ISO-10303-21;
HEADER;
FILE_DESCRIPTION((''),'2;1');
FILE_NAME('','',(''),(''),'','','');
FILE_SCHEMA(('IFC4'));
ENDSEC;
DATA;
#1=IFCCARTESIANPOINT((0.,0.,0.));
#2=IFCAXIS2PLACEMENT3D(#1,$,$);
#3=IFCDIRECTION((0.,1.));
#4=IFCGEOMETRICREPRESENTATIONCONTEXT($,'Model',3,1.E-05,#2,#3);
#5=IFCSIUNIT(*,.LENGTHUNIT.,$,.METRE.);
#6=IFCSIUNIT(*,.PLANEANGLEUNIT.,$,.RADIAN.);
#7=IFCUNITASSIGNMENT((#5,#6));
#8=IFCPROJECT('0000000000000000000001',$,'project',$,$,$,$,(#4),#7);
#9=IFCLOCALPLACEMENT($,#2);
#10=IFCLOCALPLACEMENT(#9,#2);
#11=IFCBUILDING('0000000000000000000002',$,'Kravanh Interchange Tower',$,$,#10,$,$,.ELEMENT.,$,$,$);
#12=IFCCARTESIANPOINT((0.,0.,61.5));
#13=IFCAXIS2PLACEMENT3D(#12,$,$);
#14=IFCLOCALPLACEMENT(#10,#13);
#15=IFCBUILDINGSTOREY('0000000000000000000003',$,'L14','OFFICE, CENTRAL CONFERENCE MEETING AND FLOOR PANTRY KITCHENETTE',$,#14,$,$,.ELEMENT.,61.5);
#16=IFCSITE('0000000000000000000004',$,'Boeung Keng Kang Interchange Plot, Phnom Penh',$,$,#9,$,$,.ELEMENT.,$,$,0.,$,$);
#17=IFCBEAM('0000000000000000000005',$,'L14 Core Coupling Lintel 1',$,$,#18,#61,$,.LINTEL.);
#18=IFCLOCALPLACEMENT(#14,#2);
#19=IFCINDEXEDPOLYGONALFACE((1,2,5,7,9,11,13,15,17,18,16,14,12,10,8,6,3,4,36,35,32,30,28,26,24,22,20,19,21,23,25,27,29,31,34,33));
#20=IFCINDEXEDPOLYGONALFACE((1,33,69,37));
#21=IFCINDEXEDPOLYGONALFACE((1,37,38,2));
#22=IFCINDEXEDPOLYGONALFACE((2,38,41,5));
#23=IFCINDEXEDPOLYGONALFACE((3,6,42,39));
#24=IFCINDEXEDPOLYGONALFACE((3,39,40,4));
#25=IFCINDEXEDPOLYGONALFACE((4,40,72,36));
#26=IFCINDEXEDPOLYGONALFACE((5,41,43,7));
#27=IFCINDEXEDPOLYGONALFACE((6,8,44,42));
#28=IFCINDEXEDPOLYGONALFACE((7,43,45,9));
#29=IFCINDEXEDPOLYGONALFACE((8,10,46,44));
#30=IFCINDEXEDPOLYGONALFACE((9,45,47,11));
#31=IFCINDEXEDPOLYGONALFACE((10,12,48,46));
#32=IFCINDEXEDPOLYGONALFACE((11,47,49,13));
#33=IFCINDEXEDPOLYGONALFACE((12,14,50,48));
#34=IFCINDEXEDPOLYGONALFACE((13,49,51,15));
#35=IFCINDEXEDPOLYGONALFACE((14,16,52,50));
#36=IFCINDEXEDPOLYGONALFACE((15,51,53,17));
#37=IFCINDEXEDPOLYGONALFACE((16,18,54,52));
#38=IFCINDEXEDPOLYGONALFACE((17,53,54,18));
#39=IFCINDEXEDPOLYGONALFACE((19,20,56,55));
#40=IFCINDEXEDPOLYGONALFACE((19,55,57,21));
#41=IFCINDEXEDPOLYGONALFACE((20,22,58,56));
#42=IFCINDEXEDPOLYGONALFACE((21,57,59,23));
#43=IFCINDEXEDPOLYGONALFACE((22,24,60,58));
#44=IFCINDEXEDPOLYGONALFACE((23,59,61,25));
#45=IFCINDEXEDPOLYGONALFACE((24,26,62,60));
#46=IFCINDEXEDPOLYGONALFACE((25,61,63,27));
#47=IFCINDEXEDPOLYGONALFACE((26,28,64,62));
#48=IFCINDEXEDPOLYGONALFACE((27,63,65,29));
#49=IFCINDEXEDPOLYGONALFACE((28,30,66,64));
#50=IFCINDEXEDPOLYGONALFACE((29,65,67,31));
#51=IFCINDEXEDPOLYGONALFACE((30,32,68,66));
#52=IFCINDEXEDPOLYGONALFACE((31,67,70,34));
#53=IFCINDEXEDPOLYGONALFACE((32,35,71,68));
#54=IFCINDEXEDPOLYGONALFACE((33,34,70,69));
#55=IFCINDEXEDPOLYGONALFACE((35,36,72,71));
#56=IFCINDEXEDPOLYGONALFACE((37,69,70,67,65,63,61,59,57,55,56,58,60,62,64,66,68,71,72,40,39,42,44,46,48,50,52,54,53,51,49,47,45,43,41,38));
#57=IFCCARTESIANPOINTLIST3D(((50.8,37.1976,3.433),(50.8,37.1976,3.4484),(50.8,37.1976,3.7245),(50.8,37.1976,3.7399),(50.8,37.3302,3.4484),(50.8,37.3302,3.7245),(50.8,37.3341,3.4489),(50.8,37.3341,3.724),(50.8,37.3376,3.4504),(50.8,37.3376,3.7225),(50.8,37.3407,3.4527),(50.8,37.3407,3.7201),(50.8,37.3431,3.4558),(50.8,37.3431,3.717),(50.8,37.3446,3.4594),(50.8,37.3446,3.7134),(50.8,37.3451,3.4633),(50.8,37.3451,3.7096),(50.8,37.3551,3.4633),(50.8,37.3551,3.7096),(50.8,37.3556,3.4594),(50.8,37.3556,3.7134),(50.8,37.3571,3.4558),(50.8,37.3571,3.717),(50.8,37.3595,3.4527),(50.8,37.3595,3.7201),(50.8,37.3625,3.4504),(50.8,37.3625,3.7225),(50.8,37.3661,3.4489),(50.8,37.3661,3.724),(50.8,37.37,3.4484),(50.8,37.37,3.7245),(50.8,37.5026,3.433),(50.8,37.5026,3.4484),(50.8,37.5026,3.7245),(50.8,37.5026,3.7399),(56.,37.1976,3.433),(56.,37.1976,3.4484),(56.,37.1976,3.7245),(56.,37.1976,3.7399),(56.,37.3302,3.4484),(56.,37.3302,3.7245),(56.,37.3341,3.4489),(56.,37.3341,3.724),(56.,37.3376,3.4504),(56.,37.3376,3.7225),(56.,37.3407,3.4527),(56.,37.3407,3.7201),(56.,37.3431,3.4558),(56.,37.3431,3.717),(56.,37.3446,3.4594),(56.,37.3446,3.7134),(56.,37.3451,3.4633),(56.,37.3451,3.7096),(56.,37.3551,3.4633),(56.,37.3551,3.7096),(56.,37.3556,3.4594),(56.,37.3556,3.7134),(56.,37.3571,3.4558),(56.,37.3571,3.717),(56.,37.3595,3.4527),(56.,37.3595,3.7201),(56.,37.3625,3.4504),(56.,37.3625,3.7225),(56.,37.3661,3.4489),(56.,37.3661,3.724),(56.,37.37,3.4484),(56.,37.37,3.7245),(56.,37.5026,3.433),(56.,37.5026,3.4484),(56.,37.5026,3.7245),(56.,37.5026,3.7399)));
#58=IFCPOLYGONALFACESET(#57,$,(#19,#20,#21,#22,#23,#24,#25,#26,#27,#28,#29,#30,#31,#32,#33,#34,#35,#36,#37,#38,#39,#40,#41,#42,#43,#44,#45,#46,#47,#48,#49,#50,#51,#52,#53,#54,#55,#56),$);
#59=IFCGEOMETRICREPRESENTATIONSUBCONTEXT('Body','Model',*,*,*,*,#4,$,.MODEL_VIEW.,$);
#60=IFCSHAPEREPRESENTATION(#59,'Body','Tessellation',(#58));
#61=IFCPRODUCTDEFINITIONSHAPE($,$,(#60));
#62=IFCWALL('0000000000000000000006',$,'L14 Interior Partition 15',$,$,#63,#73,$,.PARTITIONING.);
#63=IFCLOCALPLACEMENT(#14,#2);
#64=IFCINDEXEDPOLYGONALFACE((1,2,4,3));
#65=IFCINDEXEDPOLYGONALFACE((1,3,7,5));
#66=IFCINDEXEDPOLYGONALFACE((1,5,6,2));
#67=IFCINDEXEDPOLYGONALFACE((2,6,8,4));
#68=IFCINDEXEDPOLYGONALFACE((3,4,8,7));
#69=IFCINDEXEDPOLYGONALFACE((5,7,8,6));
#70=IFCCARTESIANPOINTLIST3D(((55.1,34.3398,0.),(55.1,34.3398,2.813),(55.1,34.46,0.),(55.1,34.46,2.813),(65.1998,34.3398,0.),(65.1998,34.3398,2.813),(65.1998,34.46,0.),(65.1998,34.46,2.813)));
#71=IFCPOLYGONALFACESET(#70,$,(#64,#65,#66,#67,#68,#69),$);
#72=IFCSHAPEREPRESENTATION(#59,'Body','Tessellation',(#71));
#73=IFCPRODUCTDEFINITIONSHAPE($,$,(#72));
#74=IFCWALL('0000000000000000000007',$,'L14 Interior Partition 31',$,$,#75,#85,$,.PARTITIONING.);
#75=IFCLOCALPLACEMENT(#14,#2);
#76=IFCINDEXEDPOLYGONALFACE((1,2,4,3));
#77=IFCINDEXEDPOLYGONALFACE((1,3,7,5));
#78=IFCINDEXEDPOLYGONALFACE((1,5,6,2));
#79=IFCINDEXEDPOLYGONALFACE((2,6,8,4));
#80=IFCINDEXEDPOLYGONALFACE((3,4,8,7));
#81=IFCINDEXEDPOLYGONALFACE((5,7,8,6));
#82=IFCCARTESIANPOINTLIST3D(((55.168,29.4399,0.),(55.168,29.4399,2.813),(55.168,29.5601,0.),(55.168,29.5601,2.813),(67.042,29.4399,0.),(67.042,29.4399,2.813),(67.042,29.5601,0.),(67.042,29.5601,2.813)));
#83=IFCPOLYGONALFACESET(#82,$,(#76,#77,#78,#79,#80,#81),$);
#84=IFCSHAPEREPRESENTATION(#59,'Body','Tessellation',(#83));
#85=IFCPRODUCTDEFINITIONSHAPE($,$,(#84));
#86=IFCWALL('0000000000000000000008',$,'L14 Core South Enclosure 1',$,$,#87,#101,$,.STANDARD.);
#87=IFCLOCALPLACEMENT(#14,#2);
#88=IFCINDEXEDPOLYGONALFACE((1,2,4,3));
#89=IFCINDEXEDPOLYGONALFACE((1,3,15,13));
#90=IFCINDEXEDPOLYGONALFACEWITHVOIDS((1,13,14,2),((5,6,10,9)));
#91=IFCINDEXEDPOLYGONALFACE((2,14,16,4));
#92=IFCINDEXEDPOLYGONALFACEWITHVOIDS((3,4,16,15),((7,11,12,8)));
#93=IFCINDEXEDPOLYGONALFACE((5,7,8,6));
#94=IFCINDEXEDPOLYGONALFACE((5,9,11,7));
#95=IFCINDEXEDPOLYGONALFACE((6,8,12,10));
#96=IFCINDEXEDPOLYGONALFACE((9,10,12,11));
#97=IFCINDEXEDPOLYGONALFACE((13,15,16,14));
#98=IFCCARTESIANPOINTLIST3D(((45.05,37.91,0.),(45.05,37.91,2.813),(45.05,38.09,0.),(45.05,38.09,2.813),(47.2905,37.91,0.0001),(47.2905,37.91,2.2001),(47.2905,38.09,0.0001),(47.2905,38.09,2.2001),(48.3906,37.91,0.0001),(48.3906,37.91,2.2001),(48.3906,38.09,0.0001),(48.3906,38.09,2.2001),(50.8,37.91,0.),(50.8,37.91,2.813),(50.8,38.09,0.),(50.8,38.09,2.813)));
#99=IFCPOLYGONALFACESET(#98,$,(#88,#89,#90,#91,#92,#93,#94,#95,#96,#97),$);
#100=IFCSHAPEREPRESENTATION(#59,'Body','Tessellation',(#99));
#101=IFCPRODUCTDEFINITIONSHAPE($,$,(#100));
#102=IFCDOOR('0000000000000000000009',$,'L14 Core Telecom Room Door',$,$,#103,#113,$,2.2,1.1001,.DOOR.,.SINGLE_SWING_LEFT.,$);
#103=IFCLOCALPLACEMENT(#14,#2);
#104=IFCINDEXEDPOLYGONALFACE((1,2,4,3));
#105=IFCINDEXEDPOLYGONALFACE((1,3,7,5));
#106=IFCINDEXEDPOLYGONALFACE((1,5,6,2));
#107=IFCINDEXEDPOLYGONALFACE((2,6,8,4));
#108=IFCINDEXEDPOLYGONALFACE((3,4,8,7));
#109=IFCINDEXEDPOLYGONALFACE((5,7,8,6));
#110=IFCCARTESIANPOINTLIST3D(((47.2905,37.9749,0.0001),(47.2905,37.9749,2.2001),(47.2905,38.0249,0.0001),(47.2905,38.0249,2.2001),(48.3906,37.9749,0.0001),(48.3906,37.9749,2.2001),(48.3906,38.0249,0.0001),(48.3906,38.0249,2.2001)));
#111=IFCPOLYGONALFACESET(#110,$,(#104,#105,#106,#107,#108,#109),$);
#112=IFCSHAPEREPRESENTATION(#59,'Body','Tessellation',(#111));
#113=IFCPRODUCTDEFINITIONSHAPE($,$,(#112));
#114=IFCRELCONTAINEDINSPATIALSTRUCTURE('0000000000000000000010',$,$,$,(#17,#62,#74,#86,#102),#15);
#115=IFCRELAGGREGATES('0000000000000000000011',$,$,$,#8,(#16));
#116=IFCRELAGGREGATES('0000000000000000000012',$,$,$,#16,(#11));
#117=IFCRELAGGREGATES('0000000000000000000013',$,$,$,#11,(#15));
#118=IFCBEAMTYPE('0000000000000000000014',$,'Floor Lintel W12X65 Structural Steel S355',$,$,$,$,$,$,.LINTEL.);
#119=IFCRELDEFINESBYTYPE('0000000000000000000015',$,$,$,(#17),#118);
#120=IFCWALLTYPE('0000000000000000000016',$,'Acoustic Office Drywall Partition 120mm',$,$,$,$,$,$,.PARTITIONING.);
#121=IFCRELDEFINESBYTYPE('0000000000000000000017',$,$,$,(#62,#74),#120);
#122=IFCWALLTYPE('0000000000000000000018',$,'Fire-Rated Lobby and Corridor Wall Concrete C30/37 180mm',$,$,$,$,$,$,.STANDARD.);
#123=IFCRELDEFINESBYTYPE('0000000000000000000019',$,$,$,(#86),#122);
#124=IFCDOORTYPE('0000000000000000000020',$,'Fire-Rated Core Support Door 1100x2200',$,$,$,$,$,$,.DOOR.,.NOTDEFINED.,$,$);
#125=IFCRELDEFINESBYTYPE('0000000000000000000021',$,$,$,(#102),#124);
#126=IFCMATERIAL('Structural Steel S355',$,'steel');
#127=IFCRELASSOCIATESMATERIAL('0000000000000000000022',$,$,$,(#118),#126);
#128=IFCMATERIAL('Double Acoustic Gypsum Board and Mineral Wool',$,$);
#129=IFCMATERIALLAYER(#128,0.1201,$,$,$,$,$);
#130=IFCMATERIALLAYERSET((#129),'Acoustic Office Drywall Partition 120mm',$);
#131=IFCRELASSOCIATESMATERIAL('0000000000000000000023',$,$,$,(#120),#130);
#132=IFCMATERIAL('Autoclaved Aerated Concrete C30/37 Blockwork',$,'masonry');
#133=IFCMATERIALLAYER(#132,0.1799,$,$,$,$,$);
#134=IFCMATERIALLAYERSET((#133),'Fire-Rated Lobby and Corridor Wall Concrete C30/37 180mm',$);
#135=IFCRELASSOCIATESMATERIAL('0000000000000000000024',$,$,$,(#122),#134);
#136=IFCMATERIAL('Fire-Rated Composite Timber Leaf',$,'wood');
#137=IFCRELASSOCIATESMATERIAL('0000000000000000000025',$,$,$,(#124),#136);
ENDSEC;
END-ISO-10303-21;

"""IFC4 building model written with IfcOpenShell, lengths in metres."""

from ifc_helpers import new_model, si_unit, direction, frame, frame_2d, origin, origin_2d, place, context, subcontext, project, spatial, rectangle, i_section, extrude, material, layer, layer_set, material_profile, profile_set, type_object, element, fill, save


model = new_model("IFC4")

# Units and contexts
model_context = context("Model", 3, precision=1e-05, world=origin(), true_north=direction((0.0, 1.0)))
body_context = subcontext(model_context, "Body", "Model", "MODEL_VIEW")
ifc_project = project(units=[si_unit("LENGTHUNIT", "METRE"), si_unit("PLANEANGLEUNIT", "RADIAN")], contexts=[model_context])

# Site, building, storey
site_placement = place(None, origin())
site = spatial("IfcSite", under=ifc_project, at=site_placement, Name="Boeung Keng Kang Interchange Plot, Phnom Penh", CompositionType="ELEMENT", RefElevation=0.0)
building_placement = place(site_placement, origin())
building = spatial("IfcBuilding", under=site, at=building_placement, Name="Kravanh Interchange Tower", CompositionType="ELEMENT")
storey_placement = place(building_placement, frame((0.0, 0.0, 61.5)))
storey = spatial("IfcBuildingStorey", under=building, at=storey_placement, Name="L14", Description="OFFICE, CENTRAL CONFERENCE MEETING AND FLOOR PANTRY KITCHENETTE", CompositionType="ELEMENT", Elevation=61.5)

# Beam
ifc_material_1 = material(Name="Structural Steel S355", Category="steel")
ifc_material_profile_1 = material_profile(ifc_material_1, i_section(OverallWidth=0.3049, OverallDepth=0.3069, WebThickness=0.01, FlangeThickness=0.0154, FilletRadius=0.0149, at=origin_2d()), Name="W12X65")
ifc_profile_set_1 = profile_set([ifc_material_profile_1], Name="Structural Steel S355")
beam_type_1 = type_object("IfcBeamType", Name="Floor Lintel W12X65 Structural Steel S355", PredefinedType="LINTEL", material=ifc_profile_set_1)
beam_1_placement = place(storey_placement, frame((50.8, 37.3501, 3.5864), z_axis=(1.0, 0.0, 0.0), x_axis=(0.0, 1.0, 0.0)))
element("IfcBeam", 1, at=beam_1_placement, inside=storey, type_object=beam_type_1, Name="L14 Core Coupling Lintel 1", PredefinedType="LINTEL", context=body_context, shape_type="SweptSolid", body=[
    extrude(i_section(OverallWidth=0.3049, OverallDepth=0.3069, WebThickness=0.01, FlangeThickness=0.0154, FilletRadius=0.0149, at=origin_2d()), origin(), (0.0, 0.0, 1.0), 5.2),
])

# Walls
ifc_material_2 = material(Name="Double Acoustic Gypsum Board and Mineral Wool")
ifc_layer_1 = layer(ifc_material_2, 0.1201)
ifc_layer_set_1 = layer_set([ifc_layer_1], Name="Acoustic Office Drywall Partition 120mm")
wall_type_1 = type_object("IfcWallType", Name="Acoustic Office Drywall Partition 120mm", PredefinedType="PARTITIONING", material=ifc_layer_set_1)
wall_1_placement = place(storey_placement, frame((55.1001, 34.3999, 0.0), z_axis=(0.0, 0.0, 1.0), x_axis=(1.0, 0.0, 0.0)))
element("IfcWall", 2, at=wall_1_placement, inside=storey, type_object=wall_type_1, Name="L14 Interior Partition 15", PredefinedType="PARTITIONING", context=body_context, shape_type="SweptSolid", body=[
    extrude(rectangle(XDim=10.0999, YDim=0.1201, at=frame_2d((5.0498, 0.0))), origin(), (0.0, 0.0, 1.0), 2.813),
])
wall_2_placement = place(storey_placement, frame((55.168, 29.5, 0.0), z_axis=(0.0, 0.0, 1.0), x_axis=(1.0, 0.0, 0.0)))
element("IfcWall", 3, at=wall_2_placement, inside=storey, type_object=wall_type_1, Name="L14 Interior Partition 31", PredefinedType="PARTITIONING", context=body_context, shape_type="SweptSolid", body=[
    extrude(rectangle(XDim=11.874, YDim=0.1201, at=frame_2d((5.937, 0.0))), origin(), (0.0, 0.0, 1.0), 2.813),
])

# Wall, opening, door
ifc_material_3 = material(Name="Autoclaved Aerated Concrete C30/37 Blockwork", Category="masonry")
ifc_layer_2 = layer(ifc_material_3, 0.1799)
ifc_layer_set_2 = layer_set([ifc_layer_2], Name="Fire-Rated Lobby and Corridor Wall Concrete C30/37 180mm")
wall_type_2 = type_object("IfcWallType", Name="Fire-Rated Lobby and Corridor Wall Concrete C30/37 180mm", PredefinedType="STANDARD", material=ifc_layer_set_2)
wall_3_placement = place(storey_placement, frame((45.05, 38.0, 0.0), z_axis=(0.0, 0.0, 1.0), x_axis=(1.0, 0.0, 0.0)))
wall_3 = element("IfcWall", 4, at=wall_3_placement, inside=storey, type_object=wall_type_2, Name="L14 Core South Enclosure 1", PredefinedType="STANDARD", context=body_context, shape_type="SweptSolid", body=[
    extrude(rectangle(XDim=5.75, YDim=0.1799, at=frame_2d((2.875, 0.0))), origin(), (0.0, 0.0, 1.0), 2.813),
])
opening_placement = place(wall_3_placement, frame((2.2405, 0.0, 0.0)))
opening = element("IfcOpeningElement", 5, at=opening_placement, cuts=wall_3, PredefinedType="OPENING", context=body_context, shape_type="SweptSolid", body=[
    extrude(rectangle(XDim=1.1001, YDim=2.2, at=frame_2d((0.55, 1.1001))), frame((0.0, 0.1001, 0.0), z_axis=(0.0, -1.0, 0.0), x_axis=(1.0, 0.0, 0.0)), (0.0, 0.0, 1.0), 0.2),
])
ifc_material_4 = material(Name="Fire-Rated Composite Timber Leaf", Category="wood")
door_type = type_object("IfcDoorType", Name="Fire-Rated Core Support Door 1100x2200", OperationType="NOTDEFINED", PredefinedType="DOOR", material=ifc_material_4)
door_placement = place(opening_placement, origin())
door = element("IfcDoor", 6, at=door_placement, inside=storey, type_object=door_type, Name="L14 Core Telecom Room Door", OperationType="SINGLE_SWING_LEFT", OverallHeight=2.2, OverallWidth=1.1001, PredefinedType="DOOR", context=body_context, shape_type="SweptSolid", body=[
    extrude(rectangle(XDim=1.1001, YDim=2.2, at=frame_2d((0.55, 1.1001))), frame((0.0, 0.0249, 0.0), z_axis=(0.0, -1.0, 0.0), x_axis=(1.0, 0.0, 0.0)), (0.0, 0.0, 1.0), 0.05),
])
fill(opening, door)

save(model, "model.ifc")
